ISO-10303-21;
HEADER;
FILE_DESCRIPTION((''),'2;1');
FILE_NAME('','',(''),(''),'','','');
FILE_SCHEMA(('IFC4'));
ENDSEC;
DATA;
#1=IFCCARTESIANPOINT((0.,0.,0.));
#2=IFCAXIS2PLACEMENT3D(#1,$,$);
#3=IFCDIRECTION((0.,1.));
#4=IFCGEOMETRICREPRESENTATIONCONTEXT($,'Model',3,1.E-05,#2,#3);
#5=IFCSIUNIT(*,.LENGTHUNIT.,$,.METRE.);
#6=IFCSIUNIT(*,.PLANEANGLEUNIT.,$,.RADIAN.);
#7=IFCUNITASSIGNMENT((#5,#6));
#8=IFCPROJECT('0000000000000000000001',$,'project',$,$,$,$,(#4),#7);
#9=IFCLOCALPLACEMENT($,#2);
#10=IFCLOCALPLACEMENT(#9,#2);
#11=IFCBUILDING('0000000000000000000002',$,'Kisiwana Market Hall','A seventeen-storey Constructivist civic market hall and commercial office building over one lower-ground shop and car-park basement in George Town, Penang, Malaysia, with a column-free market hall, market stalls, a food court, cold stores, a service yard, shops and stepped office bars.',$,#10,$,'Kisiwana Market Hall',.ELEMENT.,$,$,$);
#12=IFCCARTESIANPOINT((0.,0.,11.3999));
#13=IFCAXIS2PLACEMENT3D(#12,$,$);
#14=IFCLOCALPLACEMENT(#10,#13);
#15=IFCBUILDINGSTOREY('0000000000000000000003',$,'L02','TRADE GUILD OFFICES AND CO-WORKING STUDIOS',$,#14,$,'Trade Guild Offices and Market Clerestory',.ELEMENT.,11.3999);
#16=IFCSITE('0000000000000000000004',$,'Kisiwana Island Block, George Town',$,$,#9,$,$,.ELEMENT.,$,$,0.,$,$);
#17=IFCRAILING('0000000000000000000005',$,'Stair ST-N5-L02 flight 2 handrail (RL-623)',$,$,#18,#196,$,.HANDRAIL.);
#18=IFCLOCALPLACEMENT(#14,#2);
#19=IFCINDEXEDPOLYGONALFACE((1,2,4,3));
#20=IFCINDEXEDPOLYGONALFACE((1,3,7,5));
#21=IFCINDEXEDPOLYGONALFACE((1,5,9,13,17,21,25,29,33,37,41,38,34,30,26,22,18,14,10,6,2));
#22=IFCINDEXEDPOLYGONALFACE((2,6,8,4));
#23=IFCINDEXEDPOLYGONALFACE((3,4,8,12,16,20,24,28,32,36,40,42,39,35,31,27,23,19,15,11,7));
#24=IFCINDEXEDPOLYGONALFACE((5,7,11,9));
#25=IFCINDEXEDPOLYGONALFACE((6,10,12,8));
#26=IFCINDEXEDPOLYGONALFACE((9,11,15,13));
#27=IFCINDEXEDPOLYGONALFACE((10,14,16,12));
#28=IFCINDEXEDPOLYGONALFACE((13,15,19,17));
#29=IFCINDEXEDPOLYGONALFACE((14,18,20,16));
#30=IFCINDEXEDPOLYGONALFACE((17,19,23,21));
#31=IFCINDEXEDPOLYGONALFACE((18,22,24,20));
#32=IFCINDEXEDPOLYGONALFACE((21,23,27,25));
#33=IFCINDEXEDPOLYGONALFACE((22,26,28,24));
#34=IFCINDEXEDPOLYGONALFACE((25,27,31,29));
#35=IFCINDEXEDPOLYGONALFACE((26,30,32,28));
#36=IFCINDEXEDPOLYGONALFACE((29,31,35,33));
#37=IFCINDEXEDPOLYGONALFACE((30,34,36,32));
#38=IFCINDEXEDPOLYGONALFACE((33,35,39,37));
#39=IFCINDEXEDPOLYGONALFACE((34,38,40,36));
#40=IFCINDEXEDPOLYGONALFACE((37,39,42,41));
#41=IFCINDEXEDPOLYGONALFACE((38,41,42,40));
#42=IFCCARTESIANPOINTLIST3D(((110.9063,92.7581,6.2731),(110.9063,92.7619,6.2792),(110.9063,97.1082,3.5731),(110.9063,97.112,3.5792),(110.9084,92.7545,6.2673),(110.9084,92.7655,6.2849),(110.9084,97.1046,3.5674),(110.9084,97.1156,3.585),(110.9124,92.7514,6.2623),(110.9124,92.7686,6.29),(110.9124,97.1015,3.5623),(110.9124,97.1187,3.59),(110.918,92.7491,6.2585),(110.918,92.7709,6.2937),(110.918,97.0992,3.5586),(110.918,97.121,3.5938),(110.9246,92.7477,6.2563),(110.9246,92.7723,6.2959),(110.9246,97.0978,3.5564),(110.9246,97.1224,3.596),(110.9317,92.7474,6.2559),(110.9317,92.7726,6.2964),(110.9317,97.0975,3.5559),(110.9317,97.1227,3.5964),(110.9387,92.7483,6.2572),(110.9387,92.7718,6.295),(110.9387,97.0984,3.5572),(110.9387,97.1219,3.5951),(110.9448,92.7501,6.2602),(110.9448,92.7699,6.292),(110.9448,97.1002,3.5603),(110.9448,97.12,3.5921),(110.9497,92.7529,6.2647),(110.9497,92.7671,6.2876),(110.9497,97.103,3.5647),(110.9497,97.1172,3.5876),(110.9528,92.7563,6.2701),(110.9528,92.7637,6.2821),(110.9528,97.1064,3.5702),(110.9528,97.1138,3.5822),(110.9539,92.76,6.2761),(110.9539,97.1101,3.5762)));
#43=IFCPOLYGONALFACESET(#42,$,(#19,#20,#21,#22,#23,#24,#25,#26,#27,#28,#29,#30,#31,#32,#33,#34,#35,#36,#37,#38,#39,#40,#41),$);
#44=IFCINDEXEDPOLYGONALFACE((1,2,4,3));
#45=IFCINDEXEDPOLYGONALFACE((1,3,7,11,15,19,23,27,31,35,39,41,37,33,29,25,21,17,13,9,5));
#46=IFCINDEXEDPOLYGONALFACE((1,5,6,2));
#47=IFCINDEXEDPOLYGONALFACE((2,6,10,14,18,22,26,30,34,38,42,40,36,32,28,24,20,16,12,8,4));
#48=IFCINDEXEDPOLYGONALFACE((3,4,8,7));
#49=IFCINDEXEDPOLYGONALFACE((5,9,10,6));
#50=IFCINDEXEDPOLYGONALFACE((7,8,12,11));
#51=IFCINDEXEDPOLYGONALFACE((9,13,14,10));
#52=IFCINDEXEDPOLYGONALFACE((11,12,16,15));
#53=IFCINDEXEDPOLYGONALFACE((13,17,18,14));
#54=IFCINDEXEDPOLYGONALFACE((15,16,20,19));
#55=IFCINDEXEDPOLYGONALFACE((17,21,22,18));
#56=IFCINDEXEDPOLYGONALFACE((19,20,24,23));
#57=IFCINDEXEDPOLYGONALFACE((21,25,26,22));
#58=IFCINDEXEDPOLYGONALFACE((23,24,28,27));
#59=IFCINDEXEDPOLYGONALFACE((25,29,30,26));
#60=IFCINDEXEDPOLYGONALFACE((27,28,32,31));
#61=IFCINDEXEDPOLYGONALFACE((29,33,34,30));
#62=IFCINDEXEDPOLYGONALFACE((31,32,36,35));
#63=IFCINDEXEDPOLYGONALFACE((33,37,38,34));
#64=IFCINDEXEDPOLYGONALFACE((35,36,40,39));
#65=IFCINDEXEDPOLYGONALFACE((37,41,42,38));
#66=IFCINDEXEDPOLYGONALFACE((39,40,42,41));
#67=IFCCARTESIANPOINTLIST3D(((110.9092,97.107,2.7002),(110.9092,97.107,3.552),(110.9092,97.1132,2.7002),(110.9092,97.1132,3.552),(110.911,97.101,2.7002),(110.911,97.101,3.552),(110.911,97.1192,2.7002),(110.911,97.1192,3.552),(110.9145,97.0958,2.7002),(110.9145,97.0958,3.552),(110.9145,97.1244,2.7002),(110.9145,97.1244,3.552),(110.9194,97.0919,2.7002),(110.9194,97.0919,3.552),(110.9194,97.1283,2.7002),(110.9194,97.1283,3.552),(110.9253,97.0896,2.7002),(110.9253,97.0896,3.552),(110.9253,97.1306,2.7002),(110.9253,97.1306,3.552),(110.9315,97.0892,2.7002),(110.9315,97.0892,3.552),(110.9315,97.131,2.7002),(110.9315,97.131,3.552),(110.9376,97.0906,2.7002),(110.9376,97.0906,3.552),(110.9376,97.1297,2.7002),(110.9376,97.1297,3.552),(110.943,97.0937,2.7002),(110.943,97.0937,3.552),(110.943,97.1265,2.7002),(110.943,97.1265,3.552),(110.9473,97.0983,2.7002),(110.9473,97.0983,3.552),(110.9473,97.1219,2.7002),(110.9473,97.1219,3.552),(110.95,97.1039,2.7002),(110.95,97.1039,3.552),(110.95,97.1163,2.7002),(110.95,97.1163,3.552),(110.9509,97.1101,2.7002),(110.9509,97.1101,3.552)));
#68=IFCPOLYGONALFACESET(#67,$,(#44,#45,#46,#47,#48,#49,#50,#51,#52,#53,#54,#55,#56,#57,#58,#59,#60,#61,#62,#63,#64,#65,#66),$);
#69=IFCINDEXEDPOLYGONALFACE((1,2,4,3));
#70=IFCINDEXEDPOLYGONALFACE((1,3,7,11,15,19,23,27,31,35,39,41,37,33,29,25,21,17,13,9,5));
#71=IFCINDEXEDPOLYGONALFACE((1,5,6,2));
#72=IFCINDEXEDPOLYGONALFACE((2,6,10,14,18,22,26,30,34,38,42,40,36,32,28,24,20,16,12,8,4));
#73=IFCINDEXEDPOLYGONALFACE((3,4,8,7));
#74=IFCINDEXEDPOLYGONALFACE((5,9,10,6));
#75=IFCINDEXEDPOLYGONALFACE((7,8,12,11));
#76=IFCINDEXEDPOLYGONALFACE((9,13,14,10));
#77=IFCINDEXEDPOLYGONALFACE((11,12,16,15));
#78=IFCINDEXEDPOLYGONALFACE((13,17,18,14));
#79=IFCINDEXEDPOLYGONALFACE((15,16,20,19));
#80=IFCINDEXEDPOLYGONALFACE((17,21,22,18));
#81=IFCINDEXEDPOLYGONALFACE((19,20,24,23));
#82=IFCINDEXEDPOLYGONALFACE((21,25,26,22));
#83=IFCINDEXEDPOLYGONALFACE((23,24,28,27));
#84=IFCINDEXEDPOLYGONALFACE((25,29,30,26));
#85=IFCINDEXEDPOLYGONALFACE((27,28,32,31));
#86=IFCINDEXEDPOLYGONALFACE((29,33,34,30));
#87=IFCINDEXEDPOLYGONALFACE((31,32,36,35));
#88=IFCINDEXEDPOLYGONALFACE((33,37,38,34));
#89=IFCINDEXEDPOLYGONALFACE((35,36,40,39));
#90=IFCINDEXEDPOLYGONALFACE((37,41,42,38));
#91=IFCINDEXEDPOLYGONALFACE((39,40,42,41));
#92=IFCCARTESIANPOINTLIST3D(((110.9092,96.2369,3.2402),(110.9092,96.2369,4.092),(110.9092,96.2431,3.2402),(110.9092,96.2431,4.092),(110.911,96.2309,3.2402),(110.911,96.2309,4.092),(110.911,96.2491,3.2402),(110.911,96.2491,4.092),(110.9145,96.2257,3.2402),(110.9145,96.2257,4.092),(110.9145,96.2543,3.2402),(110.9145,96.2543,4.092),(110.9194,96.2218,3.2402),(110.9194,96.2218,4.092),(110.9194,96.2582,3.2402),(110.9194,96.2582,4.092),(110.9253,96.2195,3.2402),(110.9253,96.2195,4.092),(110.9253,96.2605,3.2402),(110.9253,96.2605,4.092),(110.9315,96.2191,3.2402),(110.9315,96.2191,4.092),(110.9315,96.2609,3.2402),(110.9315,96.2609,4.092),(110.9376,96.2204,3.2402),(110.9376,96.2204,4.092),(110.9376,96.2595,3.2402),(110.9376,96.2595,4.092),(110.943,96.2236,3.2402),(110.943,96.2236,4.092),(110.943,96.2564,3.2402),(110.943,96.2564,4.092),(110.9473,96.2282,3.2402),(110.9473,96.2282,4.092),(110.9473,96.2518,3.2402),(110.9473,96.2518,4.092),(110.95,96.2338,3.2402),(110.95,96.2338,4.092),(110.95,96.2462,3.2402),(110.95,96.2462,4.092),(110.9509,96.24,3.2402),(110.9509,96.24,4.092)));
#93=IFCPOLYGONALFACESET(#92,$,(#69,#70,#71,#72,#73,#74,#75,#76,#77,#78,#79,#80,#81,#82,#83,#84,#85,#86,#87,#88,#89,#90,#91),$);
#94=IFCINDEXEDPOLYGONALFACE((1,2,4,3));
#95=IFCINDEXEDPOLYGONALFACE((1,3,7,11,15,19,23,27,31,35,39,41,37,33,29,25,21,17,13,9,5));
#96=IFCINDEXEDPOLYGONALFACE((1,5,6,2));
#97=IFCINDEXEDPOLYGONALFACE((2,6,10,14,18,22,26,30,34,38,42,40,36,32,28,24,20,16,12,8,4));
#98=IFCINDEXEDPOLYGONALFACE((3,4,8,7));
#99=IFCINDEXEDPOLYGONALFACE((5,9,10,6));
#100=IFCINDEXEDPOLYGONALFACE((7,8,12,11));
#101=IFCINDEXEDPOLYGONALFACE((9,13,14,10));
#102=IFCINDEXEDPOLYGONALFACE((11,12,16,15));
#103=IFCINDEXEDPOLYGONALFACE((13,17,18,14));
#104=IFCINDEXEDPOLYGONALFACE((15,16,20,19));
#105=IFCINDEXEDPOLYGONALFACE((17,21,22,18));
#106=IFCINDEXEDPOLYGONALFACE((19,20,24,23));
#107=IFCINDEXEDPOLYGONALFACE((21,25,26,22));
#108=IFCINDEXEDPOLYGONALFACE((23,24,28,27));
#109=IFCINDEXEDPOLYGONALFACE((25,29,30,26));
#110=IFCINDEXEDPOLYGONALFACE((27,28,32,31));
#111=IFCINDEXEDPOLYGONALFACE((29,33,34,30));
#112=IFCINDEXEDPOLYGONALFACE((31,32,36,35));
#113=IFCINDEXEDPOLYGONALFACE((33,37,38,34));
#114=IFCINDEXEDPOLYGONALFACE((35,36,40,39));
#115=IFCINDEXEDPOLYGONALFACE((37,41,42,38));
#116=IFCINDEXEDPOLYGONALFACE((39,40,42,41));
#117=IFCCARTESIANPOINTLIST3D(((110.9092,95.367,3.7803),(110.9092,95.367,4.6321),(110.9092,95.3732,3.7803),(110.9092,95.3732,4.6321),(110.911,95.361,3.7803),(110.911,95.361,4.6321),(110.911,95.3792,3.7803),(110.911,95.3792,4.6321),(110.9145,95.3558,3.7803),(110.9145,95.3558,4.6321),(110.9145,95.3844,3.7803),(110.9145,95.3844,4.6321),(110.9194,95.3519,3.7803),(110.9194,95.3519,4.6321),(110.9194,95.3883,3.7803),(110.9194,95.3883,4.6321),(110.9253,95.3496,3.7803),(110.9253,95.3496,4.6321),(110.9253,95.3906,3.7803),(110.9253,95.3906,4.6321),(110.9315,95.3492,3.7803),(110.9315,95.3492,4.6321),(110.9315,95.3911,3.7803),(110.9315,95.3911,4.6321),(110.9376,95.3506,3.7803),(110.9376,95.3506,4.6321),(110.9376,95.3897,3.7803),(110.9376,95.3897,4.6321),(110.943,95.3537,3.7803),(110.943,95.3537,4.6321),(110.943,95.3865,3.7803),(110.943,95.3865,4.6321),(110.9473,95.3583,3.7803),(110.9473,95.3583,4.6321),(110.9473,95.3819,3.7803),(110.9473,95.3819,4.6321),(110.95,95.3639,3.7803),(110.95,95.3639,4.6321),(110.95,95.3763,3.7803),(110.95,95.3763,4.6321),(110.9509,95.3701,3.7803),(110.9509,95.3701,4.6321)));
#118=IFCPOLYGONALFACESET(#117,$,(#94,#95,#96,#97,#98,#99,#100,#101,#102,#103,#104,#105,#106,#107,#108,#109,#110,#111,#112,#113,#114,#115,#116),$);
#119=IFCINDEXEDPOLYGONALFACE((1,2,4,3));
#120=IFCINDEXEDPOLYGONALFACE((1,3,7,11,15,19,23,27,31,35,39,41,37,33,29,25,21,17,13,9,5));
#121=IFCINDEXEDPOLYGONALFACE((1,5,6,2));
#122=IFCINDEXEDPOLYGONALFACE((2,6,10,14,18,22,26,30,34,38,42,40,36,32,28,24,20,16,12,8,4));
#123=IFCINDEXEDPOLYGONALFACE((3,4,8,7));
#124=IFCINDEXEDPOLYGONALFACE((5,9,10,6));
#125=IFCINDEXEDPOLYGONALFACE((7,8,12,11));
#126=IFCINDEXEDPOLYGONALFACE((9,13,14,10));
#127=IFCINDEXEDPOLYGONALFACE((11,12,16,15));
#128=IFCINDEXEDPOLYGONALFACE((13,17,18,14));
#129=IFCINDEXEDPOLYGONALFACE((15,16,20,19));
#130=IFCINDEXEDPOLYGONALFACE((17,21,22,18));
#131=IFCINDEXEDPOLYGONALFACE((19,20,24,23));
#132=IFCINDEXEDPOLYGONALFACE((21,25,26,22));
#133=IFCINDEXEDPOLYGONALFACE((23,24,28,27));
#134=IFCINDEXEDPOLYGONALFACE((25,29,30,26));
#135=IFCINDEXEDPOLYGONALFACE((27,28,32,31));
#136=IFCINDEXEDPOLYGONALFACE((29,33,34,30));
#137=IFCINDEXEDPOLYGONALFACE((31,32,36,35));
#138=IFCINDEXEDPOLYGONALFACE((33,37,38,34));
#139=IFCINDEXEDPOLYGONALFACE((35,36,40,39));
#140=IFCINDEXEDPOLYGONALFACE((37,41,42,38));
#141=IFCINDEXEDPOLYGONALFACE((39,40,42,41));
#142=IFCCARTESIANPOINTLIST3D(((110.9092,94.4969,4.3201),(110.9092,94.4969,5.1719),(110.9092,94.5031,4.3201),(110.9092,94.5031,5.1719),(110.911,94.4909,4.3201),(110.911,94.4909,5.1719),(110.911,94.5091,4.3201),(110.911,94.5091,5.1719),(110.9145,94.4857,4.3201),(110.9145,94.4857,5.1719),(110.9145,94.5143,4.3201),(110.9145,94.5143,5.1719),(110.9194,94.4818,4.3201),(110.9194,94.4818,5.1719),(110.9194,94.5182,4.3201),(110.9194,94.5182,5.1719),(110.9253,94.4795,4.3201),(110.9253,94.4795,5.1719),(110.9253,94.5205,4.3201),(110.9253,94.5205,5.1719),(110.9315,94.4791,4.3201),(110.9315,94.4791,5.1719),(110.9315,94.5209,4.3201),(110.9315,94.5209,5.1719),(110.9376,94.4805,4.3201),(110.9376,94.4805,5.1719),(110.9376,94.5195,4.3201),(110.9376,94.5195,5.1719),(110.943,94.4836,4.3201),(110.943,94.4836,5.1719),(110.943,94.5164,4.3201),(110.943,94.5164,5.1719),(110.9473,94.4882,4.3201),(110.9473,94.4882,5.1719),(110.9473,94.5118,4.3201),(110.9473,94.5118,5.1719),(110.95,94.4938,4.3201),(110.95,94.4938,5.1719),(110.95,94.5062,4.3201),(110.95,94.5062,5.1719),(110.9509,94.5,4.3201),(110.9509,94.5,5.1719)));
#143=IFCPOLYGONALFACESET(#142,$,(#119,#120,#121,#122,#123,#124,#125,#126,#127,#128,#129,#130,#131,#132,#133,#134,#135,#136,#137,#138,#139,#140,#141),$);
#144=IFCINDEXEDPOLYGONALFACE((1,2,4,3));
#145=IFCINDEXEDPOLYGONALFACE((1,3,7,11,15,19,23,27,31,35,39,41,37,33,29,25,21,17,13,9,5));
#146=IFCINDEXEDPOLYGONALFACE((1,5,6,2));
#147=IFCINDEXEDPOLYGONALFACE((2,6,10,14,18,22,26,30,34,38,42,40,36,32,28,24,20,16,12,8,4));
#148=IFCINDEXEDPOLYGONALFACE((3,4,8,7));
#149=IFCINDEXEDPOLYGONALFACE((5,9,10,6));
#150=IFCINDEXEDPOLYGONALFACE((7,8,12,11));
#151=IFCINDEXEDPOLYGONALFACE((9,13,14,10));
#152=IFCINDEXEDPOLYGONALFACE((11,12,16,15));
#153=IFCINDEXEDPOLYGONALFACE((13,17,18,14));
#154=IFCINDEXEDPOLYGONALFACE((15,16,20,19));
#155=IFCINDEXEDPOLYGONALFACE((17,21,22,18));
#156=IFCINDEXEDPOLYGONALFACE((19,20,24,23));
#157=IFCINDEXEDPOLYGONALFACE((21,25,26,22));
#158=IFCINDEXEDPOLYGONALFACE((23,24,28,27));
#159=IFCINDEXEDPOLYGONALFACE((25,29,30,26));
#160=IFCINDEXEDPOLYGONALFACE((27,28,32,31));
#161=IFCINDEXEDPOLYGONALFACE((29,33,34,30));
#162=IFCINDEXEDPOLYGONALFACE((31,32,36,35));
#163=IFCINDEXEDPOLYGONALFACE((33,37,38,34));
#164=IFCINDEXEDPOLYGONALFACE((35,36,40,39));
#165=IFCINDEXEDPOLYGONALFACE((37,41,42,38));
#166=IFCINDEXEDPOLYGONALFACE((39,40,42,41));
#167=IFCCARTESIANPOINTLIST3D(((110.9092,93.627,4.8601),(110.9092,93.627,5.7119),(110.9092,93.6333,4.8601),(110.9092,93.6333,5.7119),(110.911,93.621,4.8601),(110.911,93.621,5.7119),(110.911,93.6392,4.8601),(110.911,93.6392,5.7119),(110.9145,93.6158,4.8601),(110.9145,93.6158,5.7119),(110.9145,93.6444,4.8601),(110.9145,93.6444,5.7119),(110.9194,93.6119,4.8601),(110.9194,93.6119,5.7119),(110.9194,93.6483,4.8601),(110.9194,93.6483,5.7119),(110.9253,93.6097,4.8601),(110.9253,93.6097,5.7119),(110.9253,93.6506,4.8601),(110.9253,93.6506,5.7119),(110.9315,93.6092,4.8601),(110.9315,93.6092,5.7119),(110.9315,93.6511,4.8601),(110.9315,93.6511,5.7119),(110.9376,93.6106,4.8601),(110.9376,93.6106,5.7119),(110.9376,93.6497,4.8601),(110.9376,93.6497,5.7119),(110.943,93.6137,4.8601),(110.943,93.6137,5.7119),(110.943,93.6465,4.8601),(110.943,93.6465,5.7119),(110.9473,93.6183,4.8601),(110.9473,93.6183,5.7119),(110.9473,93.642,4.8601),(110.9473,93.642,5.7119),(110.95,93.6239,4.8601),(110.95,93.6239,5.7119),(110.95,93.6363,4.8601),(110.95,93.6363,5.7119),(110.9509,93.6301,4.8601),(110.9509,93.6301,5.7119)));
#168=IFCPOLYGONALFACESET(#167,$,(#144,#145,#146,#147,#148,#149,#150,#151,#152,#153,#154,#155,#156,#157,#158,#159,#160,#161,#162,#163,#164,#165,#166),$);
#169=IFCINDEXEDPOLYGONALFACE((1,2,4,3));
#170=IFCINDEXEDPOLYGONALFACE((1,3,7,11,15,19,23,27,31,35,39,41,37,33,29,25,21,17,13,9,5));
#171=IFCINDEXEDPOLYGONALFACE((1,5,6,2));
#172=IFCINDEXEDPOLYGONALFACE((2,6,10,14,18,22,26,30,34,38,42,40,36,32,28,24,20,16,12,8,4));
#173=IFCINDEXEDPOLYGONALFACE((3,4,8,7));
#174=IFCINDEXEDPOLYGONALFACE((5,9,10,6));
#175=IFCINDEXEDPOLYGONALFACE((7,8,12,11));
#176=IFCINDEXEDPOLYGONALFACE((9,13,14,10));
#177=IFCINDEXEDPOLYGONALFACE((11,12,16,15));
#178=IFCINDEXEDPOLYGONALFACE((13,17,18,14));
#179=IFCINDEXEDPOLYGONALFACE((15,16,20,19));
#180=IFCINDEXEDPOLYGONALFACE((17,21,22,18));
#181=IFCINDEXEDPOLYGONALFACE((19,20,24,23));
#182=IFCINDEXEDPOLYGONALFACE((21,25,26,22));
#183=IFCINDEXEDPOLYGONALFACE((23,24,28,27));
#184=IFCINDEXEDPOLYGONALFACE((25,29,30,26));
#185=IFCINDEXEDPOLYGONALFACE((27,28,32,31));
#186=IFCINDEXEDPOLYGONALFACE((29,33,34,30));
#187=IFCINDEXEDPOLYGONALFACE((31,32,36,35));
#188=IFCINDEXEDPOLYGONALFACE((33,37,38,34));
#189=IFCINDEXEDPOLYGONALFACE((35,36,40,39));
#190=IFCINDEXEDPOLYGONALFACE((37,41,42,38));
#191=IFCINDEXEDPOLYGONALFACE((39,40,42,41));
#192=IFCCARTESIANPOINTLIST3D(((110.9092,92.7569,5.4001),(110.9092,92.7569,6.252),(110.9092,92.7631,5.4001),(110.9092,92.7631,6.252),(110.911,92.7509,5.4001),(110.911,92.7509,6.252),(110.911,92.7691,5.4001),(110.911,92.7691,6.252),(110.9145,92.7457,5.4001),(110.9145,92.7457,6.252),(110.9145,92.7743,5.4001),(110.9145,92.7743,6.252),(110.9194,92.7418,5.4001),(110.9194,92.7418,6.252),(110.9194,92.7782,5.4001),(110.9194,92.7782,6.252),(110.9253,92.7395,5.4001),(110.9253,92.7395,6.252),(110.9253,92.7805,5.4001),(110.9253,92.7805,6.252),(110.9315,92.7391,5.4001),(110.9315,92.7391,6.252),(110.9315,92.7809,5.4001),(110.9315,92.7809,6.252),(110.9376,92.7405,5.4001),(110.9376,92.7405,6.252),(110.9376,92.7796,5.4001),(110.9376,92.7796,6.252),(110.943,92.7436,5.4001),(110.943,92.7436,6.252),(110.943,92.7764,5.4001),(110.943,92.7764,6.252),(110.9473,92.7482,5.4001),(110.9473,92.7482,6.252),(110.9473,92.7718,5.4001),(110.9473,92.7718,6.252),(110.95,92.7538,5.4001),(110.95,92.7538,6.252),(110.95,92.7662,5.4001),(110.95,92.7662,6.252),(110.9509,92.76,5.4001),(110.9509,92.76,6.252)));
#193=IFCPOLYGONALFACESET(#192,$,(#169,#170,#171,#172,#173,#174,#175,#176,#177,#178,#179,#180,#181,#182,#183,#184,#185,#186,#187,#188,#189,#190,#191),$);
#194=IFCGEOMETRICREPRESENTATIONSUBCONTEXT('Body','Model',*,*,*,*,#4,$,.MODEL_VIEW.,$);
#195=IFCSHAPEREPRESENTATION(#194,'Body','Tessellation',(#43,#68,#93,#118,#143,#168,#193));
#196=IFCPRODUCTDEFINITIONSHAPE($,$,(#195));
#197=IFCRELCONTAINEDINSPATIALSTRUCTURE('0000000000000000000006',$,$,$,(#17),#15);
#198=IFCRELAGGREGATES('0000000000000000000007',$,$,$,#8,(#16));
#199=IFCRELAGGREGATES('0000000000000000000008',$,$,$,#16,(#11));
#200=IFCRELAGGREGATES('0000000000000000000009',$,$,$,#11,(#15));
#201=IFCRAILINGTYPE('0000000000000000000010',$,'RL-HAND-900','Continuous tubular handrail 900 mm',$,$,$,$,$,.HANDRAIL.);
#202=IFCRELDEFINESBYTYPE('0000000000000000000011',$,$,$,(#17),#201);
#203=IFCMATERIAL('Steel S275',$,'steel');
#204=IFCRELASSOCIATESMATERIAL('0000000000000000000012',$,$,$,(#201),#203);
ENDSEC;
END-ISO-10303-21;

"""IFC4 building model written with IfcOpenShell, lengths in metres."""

from ifc_helpers import new_model, si_unit, direction, frame, origin, origin_2d, place, context, subcontext, project, spatial, circle, extrude, material, type_object, element, save


model = new_model("IFC4")

# Units and contexts
model_context = context("Model", 3, precision=1e-05, world=origin(), true_north=direction((0.0, 1.0)))
body_context = subcontext(model_context, "Body", "Model", "MODEL_VIEW")
ifc_project = project(units=[si_unit("LENGTHUNIT", "METRE"), si_unit("PLANEANGLEUNIT", "RADIAN")], contexts=[model_context])

# Site, building, storey
site_placement = place(None, origin())
site = spatial("IfcSite", under=ifc_project, at=site_placement, Name="Kisiwana Island Block, George Town", CompositionType="ELEMENT", RefElevation=0.0)
building_placement = place(site_placement, origin())
building = spatial("IfcBuilding", under=site, at=building_placement, Name="Kisiwana Market Hall", Description="A seventeen-storey Constructivist civic market hall and commercial office building over one lower-ground shop and car-park basement in George Town, Penang, Malaysia, with a column-free market hall, market stalls, a food court, cold stores, a service yard, shops and stepped office bars.", LongName="Kisiwana Market Hall", CompositionType="ELEMENT")
storey_placement = place(building_placement, frame((0.0, 0.0, 11.3999)))
storey = spatial("IfcBuildingStorey", under=building, at=storey_placement, Name="L02", Description="TRADE GUILD OFFICES AND CO-WORKING STUDIOS", LongName="Trade Guild Offices and Market Clerestory", CompositionType="ELEMENT", Elevation=11.3999)

# Railing
ifc_material_1 = material(Name="Steel S275", Category="steel")
railing_type_1 = type_object("IfcRailingType", Name="RL-HAND-900", Description="Continuous tubular handrail 900 mm", PredefinedType="HANDRAIL", material=ifc_material_1)
for number, where, name in (
    (1, (110.9299, 97.1101, 2.7002), "Stair ST-N5-L02 flight 2 handrail (RL-623)"),
):
    element("IfcRailing", number, at=place(storey_placement, frame(where)), inside=storey, type_object=railing_type_1, Name=name, PredefinedType="HANDRAIL", context=body_context, shape_type="SweptSolid", body=[
        extrude(circle(Radius=0.0239, at=origin_2d()), frame((0.0, 0.0, 0.876), z_axis=(0.0, -0.84965, 0.527347), x_axis=(1.0, 0.0, 0.0)), (0.0, 0.0, 1.0), 5.1199),
        extrude(circle(Radius=0.021, at=origin_2d()), origin(), (0.0, 0.0, 1.0), 0.8518),
        extrude(circle(Radius=0.021, at=origin_2d()), frame((0.0, -0.8701, 0.54)), (0.0, 0.0, 1.0), 0.8518),
        extrude(circle(Radius=0.021, at=origin_2d()), frame((0.0, -1.74, 1.0801)), (0.0, 0.0, 1.0), 0.8518),
        extrude(circle(Radius=0.021, at=origin_2d()), frame((0.0, -2.6101, 1.6199)), (0.0, 0.0, 1.0), 0.8518),
        extrude(circle(Radius=0.021, at=origin_2d()), frame((0.0, -3.48, 2.1599)), (0.0, 0.0, 1.0), 0.8518),
        extrude(circle(Radius=0.021, at=origin_2d()), frame((0.0, -4.3501, 2.7)), (0.0, 0.0, 1.0), 0.8518),
    ])

save(model, "model.ifc")
